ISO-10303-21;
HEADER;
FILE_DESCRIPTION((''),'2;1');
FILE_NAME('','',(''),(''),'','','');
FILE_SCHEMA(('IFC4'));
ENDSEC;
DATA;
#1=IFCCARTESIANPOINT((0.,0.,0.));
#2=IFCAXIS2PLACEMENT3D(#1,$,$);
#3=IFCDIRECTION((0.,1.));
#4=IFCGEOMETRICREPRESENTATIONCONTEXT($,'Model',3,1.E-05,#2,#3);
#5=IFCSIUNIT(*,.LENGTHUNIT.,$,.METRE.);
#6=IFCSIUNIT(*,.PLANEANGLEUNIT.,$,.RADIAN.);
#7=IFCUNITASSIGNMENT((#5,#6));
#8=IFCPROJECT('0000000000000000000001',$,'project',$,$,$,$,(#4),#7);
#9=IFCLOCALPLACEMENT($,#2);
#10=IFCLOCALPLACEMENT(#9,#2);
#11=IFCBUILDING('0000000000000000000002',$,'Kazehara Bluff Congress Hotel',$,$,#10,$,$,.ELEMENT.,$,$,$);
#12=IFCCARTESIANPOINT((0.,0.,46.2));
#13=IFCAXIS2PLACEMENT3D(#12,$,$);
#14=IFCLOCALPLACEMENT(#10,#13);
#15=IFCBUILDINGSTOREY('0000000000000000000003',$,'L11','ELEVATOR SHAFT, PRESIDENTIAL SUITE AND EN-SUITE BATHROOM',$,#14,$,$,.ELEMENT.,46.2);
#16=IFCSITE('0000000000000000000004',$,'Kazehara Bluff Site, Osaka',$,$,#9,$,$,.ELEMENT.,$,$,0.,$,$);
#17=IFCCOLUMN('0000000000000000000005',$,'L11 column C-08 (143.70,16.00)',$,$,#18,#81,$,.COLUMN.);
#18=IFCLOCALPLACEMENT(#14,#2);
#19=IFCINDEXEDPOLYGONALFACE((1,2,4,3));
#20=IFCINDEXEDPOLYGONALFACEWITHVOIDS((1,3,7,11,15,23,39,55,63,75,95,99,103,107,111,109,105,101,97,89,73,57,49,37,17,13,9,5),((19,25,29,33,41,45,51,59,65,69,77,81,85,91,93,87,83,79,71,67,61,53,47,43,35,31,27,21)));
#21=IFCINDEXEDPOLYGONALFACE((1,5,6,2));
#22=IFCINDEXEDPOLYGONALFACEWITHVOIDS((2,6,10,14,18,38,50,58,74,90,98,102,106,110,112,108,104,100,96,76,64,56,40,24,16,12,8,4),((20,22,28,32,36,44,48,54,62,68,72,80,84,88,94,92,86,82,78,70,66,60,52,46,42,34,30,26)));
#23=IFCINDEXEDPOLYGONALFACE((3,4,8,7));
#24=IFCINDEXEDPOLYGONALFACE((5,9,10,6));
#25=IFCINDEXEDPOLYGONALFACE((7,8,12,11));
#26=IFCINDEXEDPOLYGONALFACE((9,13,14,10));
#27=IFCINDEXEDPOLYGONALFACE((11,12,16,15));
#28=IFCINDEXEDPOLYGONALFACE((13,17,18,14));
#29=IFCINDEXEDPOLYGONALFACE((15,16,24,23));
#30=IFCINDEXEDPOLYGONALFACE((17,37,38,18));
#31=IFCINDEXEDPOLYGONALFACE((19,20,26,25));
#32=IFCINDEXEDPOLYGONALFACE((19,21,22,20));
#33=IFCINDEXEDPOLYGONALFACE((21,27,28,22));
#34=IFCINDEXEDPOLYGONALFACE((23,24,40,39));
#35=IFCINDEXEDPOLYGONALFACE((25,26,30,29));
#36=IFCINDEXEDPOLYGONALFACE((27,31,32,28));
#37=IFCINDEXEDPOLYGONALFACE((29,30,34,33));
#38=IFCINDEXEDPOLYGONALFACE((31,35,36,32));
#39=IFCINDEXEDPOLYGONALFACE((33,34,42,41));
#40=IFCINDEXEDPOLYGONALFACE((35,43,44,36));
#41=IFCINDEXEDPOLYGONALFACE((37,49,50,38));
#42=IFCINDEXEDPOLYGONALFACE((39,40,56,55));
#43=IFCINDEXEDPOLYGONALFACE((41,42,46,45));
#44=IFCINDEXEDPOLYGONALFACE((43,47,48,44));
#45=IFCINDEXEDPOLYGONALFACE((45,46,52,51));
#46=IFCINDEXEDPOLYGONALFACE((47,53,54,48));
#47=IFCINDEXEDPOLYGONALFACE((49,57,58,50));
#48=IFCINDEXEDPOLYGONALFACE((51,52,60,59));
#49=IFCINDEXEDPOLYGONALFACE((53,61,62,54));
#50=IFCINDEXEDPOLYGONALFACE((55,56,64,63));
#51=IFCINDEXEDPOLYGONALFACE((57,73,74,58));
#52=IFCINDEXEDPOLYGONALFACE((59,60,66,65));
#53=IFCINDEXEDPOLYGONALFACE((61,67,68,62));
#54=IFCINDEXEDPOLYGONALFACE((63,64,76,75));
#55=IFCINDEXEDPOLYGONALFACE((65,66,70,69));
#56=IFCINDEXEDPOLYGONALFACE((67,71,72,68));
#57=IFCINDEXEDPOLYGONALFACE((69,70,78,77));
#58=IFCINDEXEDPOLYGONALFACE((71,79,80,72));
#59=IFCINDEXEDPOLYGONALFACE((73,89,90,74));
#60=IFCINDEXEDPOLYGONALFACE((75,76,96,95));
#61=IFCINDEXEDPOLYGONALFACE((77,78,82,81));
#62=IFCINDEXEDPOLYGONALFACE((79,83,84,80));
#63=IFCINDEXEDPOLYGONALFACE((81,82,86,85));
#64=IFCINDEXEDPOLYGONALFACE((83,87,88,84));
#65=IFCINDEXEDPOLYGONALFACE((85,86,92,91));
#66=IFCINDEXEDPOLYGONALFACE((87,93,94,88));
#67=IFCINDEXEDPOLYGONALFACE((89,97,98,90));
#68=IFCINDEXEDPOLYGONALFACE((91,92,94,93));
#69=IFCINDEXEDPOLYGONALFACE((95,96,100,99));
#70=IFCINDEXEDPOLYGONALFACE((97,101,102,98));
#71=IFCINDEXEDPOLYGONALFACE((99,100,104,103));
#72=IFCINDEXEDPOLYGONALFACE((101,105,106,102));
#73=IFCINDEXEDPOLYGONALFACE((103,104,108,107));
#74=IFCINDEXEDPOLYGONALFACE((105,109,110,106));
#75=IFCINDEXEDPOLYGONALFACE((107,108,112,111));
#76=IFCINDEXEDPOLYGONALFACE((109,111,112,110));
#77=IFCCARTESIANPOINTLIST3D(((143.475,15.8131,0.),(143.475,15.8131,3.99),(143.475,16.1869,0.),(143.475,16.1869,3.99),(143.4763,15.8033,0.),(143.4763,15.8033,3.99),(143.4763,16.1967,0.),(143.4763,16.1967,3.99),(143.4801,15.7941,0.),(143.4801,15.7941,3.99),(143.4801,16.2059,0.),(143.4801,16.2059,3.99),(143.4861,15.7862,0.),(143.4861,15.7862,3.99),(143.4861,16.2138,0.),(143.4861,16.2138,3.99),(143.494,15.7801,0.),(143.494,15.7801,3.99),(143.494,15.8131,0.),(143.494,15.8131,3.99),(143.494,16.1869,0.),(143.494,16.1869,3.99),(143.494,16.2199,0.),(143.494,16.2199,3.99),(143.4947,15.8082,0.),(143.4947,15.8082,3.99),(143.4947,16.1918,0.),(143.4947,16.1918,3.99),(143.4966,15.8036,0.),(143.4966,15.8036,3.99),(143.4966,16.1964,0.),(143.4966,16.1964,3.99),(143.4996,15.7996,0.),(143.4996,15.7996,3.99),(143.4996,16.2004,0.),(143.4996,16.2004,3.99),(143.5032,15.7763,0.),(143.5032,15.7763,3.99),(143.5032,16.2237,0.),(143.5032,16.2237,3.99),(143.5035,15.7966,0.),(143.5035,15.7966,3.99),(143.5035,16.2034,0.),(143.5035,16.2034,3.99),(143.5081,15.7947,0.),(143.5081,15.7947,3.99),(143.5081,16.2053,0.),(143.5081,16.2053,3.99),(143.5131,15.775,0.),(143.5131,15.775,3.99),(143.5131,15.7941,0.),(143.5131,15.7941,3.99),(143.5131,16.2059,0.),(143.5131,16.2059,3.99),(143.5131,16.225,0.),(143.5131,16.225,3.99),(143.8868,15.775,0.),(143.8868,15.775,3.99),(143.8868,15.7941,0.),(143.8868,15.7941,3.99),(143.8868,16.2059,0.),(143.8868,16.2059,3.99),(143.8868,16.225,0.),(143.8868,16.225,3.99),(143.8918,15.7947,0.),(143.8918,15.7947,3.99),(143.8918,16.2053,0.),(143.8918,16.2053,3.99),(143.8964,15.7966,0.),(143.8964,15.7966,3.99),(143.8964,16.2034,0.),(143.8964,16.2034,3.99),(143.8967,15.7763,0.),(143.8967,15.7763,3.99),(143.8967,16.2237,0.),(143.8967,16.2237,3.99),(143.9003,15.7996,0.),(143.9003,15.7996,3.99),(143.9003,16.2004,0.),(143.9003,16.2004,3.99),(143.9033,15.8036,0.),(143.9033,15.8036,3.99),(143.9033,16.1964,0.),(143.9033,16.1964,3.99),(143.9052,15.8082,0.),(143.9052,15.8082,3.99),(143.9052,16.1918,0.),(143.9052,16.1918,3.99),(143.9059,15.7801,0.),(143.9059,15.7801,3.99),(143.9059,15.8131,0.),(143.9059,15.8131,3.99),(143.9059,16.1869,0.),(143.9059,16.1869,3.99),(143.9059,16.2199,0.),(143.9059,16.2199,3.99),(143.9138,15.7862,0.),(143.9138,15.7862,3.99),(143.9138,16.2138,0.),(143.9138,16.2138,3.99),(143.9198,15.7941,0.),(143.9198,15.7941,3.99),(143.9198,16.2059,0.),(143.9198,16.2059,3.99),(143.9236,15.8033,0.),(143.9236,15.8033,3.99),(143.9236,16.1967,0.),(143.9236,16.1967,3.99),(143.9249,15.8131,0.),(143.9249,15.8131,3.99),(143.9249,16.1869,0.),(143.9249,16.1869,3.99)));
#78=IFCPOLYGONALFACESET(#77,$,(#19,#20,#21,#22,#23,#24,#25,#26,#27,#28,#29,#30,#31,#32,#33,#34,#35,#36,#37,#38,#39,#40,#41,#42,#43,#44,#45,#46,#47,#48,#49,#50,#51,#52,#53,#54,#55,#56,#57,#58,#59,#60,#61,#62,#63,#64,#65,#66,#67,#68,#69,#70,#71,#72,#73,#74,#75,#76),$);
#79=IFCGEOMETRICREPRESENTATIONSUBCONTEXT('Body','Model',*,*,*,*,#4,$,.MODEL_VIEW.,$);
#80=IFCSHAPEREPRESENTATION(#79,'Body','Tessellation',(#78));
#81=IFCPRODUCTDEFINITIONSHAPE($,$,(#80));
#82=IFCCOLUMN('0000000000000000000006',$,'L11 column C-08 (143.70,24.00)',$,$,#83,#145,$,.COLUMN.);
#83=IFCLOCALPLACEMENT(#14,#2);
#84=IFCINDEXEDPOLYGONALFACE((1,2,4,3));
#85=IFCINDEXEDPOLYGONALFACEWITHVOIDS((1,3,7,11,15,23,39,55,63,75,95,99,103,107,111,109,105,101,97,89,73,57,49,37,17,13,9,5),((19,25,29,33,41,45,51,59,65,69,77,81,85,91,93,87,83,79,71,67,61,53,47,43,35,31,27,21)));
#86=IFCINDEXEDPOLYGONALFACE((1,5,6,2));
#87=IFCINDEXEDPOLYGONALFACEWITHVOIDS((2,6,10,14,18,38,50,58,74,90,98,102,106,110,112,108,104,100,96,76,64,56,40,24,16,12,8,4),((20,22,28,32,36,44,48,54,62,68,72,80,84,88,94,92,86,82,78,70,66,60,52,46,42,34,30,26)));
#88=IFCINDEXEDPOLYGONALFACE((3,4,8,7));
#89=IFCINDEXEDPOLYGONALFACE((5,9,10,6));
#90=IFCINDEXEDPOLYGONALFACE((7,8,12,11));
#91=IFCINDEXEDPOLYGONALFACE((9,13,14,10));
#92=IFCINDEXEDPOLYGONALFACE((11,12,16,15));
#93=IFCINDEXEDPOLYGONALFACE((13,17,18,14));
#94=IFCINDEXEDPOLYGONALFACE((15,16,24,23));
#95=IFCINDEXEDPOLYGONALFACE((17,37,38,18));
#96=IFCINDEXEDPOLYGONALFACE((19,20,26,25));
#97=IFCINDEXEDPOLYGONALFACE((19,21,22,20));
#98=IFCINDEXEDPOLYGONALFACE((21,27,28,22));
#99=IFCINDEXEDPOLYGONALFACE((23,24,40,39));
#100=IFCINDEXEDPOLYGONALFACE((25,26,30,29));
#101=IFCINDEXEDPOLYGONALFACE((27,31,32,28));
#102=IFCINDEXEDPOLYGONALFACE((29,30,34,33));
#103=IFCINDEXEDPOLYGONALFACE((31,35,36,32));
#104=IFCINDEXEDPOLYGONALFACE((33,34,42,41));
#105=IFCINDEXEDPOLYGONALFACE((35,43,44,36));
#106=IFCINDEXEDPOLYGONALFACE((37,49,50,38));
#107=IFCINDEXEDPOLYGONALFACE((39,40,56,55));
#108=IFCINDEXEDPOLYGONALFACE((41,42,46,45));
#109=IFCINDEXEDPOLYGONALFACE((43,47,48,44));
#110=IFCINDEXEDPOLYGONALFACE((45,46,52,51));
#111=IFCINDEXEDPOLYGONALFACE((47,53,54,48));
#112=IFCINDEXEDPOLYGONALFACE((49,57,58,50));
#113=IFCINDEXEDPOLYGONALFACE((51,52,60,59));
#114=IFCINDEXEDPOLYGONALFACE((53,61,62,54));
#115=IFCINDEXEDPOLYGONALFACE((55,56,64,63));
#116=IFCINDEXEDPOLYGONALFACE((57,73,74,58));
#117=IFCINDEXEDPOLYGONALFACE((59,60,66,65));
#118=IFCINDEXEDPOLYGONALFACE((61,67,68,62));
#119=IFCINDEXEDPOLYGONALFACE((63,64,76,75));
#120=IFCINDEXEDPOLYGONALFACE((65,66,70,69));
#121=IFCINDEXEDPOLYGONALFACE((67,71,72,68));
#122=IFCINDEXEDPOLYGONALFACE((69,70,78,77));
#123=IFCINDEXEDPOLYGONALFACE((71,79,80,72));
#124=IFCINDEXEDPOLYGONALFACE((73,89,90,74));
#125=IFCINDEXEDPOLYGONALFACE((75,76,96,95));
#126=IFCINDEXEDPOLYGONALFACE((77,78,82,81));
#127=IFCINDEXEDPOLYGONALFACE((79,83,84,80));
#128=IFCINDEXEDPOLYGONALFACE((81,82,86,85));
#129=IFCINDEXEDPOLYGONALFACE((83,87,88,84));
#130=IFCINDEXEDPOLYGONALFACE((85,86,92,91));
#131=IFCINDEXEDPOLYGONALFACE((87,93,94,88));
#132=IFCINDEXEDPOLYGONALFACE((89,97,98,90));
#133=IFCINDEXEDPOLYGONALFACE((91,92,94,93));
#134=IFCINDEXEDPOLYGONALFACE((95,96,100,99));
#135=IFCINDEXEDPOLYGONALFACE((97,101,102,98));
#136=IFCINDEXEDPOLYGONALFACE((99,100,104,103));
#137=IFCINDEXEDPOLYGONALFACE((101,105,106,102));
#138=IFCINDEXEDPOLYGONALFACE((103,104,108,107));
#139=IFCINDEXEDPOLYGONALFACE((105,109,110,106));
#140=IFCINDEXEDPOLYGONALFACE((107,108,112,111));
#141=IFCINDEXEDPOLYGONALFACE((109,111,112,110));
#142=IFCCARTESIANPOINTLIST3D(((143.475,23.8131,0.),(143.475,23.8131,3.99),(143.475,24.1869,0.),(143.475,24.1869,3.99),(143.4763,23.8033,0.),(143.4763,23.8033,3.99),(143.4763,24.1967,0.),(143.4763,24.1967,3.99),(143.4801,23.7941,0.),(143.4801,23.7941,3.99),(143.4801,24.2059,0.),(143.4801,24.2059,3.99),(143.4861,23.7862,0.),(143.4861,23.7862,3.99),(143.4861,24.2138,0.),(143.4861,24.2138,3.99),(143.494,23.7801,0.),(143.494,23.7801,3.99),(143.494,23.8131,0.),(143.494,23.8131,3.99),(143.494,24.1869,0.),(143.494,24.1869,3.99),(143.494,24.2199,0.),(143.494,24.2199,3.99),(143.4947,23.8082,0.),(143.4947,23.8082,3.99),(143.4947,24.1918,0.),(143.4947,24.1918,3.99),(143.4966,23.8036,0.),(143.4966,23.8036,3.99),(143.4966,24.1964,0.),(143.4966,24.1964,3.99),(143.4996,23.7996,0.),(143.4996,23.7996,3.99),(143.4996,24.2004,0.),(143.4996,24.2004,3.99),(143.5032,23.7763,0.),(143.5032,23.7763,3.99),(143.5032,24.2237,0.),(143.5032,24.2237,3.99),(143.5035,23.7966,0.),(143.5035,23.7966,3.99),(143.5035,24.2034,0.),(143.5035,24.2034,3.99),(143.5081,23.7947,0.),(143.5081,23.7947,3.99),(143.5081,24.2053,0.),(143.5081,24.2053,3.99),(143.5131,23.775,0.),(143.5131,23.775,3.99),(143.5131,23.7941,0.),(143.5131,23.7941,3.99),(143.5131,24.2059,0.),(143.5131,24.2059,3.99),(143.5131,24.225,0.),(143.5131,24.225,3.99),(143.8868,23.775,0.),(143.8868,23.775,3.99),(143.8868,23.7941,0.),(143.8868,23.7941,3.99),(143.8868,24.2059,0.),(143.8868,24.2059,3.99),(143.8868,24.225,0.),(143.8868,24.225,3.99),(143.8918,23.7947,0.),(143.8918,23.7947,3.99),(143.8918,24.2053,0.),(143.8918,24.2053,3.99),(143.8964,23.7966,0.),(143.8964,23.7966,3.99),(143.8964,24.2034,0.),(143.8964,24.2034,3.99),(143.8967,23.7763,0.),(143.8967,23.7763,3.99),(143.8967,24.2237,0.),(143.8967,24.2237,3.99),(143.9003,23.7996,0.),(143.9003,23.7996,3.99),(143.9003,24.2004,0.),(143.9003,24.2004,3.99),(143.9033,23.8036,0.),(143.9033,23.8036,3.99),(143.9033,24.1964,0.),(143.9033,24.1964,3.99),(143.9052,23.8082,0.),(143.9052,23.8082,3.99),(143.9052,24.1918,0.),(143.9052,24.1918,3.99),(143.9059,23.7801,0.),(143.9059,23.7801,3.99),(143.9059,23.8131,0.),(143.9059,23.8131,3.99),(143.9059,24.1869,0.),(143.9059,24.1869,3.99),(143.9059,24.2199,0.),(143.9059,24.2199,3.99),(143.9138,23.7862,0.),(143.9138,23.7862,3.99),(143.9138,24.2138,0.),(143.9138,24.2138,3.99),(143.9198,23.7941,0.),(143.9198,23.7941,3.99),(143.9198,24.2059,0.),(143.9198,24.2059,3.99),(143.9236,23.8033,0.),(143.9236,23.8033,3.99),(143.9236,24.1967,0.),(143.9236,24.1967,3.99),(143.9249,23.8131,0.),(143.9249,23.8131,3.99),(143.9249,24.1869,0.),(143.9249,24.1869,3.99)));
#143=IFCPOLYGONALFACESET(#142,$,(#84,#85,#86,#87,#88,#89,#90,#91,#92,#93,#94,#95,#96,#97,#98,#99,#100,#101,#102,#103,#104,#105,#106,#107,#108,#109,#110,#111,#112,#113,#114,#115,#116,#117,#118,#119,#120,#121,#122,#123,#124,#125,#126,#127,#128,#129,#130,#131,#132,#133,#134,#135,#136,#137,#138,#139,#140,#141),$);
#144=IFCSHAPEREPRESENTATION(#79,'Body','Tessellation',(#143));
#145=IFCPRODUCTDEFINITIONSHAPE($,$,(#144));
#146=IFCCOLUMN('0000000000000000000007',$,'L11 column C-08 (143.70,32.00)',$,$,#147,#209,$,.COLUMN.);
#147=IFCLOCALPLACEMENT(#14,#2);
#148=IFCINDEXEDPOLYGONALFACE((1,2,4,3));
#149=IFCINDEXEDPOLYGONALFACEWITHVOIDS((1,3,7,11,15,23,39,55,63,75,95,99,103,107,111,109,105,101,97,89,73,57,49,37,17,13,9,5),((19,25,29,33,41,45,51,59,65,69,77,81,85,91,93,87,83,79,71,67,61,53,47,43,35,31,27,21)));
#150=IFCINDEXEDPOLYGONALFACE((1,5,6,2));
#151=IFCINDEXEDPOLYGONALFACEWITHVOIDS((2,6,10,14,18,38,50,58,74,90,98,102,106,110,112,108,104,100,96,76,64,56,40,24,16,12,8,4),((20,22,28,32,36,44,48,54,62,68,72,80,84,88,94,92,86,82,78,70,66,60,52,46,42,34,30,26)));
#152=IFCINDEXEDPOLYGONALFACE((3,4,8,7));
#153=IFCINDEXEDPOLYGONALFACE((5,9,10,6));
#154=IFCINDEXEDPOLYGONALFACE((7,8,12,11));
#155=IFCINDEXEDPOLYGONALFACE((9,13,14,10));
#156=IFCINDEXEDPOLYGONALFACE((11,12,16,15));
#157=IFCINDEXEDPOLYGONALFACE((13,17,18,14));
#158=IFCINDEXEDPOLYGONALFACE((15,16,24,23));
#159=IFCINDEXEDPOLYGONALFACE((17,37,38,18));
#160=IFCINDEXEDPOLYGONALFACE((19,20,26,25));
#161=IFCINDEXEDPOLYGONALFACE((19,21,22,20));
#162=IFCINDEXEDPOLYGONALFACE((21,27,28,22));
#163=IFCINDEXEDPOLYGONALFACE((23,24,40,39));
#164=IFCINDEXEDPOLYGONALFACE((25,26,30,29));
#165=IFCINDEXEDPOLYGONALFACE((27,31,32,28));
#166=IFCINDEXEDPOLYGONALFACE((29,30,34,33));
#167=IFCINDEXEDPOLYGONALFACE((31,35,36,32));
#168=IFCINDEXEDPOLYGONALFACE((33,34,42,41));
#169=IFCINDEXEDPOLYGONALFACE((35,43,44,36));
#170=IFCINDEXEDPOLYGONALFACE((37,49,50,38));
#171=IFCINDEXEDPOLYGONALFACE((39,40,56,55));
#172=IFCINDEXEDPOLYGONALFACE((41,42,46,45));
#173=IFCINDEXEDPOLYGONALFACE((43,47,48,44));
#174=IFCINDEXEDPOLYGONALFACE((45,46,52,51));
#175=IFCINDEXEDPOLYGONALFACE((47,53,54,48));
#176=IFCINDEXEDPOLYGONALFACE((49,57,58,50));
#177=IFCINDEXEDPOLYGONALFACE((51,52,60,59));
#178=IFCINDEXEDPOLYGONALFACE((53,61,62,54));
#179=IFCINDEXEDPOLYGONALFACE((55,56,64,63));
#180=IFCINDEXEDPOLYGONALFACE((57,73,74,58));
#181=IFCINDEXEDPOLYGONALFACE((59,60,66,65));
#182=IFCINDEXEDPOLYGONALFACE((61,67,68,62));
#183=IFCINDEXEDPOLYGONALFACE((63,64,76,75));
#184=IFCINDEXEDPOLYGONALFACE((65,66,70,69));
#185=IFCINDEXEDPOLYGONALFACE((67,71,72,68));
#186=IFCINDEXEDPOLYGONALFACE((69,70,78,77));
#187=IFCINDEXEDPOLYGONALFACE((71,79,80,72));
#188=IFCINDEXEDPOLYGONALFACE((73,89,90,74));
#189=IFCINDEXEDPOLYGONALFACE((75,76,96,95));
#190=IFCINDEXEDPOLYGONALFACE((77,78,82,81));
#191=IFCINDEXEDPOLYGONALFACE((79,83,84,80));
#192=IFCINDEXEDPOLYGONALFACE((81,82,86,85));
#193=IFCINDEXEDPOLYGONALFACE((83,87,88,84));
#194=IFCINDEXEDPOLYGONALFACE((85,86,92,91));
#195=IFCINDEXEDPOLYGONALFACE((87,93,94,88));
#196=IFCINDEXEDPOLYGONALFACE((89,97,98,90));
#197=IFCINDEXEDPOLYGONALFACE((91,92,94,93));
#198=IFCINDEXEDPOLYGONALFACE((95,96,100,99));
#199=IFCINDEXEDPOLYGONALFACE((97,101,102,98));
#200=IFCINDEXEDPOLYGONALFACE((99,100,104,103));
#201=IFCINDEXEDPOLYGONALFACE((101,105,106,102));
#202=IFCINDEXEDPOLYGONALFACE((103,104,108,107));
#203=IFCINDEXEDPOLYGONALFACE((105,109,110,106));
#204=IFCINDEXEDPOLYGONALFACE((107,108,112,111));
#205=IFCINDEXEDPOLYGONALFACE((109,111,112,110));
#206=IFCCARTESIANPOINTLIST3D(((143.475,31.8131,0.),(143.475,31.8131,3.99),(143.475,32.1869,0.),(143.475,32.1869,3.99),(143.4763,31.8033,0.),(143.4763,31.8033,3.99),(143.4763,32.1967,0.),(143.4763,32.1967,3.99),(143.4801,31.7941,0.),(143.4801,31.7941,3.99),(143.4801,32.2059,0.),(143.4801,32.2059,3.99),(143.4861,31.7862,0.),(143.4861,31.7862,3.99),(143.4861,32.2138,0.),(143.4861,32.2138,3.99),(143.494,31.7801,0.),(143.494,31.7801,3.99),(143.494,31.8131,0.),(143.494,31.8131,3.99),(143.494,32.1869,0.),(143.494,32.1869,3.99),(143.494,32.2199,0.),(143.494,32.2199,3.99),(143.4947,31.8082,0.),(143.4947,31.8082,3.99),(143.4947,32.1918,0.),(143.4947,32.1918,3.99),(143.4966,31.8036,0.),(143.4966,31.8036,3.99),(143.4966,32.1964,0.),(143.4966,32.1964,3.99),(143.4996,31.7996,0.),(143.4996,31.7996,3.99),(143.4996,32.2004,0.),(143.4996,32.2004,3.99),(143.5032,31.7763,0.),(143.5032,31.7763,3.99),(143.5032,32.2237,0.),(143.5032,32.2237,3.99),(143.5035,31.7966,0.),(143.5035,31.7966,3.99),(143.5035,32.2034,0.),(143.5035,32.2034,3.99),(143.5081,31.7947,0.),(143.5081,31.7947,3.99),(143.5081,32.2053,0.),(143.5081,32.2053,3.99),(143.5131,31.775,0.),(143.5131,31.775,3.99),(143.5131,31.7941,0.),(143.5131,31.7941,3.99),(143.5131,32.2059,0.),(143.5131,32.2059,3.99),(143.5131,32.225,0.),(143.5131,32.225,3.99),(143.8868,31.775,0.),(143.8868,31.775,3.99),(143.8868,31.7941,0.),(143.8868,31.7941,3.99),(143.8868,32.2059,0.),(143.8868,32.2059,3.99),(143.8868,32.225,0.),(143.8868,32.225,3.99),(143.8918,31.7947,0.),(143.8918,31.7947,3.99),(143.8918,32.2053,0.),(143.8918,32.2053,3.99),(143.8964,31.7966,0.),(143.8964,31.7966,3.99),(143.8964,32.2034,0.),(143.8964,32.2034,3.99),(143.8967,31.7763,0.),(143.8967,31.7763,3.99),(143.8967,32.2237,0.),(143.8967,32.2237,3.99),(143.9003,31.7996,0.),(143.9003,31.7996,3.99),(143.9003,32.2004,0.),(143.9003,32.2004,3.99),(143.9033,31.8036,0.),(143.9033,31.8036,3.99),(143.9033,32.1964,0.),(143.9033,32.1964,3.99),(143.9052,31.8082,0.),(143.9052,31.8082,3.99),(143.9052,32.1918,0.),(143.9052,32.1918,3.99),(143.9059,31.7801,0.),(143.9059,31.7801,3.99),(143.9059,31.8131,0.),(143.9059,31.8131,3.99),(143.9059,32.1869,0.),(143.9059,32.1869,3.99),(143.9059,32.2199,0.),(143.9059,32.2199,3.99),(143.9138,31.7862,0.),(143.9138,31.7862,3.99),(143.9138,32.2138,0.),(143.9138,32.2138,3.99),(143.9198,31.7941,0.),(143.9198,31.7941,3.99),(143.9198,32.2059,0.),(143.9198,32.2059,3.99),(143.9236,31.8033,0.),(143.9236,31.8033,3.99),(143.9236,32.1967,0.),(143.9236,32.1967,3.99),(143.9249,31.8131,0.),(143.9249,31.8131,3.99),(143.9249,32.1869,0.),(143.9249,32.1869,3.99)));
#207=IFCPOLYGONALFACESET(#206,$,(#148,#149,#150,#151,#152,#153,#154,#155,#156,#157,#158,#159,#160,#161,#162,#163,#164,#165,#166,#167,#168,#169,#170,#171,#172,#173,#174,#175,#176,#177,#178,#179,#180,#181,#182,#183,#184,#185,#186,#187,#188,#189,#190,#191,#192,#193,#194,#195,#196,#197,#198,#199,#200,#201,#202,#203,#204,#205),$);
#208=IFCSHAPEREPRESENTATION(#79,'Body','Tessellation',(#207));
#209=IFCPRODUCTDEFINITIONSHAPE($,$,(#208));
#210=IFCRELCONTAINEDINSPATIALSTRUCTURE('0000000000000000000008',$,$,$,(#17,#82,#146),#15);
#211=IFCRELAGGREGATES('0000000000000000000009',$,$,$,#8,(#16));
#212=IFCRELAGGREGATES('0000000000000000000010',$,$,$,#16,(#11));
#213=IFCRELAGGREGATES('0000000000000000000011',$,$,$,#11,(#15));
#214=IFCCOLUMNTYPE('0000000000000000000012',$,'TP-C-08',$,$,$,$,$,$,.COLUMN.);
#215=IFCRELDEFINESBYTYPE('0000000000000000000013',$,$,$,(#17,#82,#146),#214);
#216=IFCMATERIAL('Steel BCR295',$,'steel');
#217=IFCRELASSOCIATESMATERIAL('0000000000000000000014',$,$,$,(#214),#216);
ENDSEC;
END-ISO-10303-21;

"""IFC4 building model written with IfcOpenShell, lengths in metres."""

from ifc_helpers import new_model, si_unit, direction, frame, origin, origin_2d, place, context, subcontext, project, spatial, hollow_rectangle, extrude, material, material_profile, profile_set, type_object, element, save


model = new_model("IFC4")

# Units and contexts
model_context = context("Model", 3, precision=1e-05, world=origin(), true_north=direction((0.0, 1.0)))
body_context = subcontext(model_context, "Body", "Model", "MODEL_VIEW")
ifc_project = project(units=[si_unit("LENGTHUNIT", "METRE"), si_unit("PLANEANGLEUNIT", "RADIAN")], contexts=[model_context])

# Site, building, storey
site_placement = place(None, origin())
site = spatial("IfcSite", under=ifc_project, at=site_placement, Name="Kazehara Bluff Site, Osaka", CompositionType="ELEMENT", RefElevation=0.0)
building_placement = place(site_placement, origin())
building = spatial("IfcBuilding", under=site, at=building_placement, Name="Kazehara Bluff Congress Hotel", CompositionType="ELEMENT")
storey_placement = place(building_placement, frame((0.0, 0.0, 46.2)))
storey = spatial("IfcBuildingStorey", under=building, at=storey_placement, Name="L11", Description="ELEVATOR SHAFT, PRESIDENTIAL SUITE AND EN-SUITE BATHROOM", CompositionType="ELEMENT", Elevation=46.2)

# Columns
ifc_material_1 = material(Name="Steel BCR295", Category="steel")
ifc_material_profile = material_profile(ifc_material_1, hollow_rectangle(XDim=0.45, YDim=0.45, WallThickness=0.019, InnerFilletRadius=0.019, OuterFilletRadius=0.0381, at=origin_2d()))
ifc_profile_set = profile_set([ifc_material_profile], Name="Steel BCR295")
column_type = type_object("IfcColumnType", Name="TP-C-08", PredefinedType="COLUMN", material=ifc_profile_set)
for number, where, z_axis, x_axis, name in (
    (1, (143.7, 16.0, 0.0), (0.0, 0.0, 1.0), (1.0, 0.0, 0.0), "L11 column C-08 (143.70,16.00)"),
    (2, (143.7, 24.0, 0.0), (0.0, 0.0, 1.0), (1.0, 0.0, 0.0), "L11 column C-08 (143.70,24.00)"),
    (3, (143.7, 32.0, 0.0), (0.0, 0.0, 1.0), (1.0, 0.0, 0.0), "L11 column C-08 (143.70,32.00)"),
):
    element("IfcColumn", number, at=place(storey_placement, frame(where, z_axis=z_axis, x_axis=x_axis)), inside=storey, type_object=column_type, Name=name, PredefinedType="COLUMN", context=body_context, shape_type="SweptSolid", body=[
        extrude(hollow_rectangle(XDim=0.45, YDim=0.45, WallThickness=0.019, InnerFilletRadius=0.019, OuterFilletRadius=0.0381, at=origin_2d()), origin(), (0.0, 0.0, 1.0), 3.99),
    ])

save(model, "model.ifc")
